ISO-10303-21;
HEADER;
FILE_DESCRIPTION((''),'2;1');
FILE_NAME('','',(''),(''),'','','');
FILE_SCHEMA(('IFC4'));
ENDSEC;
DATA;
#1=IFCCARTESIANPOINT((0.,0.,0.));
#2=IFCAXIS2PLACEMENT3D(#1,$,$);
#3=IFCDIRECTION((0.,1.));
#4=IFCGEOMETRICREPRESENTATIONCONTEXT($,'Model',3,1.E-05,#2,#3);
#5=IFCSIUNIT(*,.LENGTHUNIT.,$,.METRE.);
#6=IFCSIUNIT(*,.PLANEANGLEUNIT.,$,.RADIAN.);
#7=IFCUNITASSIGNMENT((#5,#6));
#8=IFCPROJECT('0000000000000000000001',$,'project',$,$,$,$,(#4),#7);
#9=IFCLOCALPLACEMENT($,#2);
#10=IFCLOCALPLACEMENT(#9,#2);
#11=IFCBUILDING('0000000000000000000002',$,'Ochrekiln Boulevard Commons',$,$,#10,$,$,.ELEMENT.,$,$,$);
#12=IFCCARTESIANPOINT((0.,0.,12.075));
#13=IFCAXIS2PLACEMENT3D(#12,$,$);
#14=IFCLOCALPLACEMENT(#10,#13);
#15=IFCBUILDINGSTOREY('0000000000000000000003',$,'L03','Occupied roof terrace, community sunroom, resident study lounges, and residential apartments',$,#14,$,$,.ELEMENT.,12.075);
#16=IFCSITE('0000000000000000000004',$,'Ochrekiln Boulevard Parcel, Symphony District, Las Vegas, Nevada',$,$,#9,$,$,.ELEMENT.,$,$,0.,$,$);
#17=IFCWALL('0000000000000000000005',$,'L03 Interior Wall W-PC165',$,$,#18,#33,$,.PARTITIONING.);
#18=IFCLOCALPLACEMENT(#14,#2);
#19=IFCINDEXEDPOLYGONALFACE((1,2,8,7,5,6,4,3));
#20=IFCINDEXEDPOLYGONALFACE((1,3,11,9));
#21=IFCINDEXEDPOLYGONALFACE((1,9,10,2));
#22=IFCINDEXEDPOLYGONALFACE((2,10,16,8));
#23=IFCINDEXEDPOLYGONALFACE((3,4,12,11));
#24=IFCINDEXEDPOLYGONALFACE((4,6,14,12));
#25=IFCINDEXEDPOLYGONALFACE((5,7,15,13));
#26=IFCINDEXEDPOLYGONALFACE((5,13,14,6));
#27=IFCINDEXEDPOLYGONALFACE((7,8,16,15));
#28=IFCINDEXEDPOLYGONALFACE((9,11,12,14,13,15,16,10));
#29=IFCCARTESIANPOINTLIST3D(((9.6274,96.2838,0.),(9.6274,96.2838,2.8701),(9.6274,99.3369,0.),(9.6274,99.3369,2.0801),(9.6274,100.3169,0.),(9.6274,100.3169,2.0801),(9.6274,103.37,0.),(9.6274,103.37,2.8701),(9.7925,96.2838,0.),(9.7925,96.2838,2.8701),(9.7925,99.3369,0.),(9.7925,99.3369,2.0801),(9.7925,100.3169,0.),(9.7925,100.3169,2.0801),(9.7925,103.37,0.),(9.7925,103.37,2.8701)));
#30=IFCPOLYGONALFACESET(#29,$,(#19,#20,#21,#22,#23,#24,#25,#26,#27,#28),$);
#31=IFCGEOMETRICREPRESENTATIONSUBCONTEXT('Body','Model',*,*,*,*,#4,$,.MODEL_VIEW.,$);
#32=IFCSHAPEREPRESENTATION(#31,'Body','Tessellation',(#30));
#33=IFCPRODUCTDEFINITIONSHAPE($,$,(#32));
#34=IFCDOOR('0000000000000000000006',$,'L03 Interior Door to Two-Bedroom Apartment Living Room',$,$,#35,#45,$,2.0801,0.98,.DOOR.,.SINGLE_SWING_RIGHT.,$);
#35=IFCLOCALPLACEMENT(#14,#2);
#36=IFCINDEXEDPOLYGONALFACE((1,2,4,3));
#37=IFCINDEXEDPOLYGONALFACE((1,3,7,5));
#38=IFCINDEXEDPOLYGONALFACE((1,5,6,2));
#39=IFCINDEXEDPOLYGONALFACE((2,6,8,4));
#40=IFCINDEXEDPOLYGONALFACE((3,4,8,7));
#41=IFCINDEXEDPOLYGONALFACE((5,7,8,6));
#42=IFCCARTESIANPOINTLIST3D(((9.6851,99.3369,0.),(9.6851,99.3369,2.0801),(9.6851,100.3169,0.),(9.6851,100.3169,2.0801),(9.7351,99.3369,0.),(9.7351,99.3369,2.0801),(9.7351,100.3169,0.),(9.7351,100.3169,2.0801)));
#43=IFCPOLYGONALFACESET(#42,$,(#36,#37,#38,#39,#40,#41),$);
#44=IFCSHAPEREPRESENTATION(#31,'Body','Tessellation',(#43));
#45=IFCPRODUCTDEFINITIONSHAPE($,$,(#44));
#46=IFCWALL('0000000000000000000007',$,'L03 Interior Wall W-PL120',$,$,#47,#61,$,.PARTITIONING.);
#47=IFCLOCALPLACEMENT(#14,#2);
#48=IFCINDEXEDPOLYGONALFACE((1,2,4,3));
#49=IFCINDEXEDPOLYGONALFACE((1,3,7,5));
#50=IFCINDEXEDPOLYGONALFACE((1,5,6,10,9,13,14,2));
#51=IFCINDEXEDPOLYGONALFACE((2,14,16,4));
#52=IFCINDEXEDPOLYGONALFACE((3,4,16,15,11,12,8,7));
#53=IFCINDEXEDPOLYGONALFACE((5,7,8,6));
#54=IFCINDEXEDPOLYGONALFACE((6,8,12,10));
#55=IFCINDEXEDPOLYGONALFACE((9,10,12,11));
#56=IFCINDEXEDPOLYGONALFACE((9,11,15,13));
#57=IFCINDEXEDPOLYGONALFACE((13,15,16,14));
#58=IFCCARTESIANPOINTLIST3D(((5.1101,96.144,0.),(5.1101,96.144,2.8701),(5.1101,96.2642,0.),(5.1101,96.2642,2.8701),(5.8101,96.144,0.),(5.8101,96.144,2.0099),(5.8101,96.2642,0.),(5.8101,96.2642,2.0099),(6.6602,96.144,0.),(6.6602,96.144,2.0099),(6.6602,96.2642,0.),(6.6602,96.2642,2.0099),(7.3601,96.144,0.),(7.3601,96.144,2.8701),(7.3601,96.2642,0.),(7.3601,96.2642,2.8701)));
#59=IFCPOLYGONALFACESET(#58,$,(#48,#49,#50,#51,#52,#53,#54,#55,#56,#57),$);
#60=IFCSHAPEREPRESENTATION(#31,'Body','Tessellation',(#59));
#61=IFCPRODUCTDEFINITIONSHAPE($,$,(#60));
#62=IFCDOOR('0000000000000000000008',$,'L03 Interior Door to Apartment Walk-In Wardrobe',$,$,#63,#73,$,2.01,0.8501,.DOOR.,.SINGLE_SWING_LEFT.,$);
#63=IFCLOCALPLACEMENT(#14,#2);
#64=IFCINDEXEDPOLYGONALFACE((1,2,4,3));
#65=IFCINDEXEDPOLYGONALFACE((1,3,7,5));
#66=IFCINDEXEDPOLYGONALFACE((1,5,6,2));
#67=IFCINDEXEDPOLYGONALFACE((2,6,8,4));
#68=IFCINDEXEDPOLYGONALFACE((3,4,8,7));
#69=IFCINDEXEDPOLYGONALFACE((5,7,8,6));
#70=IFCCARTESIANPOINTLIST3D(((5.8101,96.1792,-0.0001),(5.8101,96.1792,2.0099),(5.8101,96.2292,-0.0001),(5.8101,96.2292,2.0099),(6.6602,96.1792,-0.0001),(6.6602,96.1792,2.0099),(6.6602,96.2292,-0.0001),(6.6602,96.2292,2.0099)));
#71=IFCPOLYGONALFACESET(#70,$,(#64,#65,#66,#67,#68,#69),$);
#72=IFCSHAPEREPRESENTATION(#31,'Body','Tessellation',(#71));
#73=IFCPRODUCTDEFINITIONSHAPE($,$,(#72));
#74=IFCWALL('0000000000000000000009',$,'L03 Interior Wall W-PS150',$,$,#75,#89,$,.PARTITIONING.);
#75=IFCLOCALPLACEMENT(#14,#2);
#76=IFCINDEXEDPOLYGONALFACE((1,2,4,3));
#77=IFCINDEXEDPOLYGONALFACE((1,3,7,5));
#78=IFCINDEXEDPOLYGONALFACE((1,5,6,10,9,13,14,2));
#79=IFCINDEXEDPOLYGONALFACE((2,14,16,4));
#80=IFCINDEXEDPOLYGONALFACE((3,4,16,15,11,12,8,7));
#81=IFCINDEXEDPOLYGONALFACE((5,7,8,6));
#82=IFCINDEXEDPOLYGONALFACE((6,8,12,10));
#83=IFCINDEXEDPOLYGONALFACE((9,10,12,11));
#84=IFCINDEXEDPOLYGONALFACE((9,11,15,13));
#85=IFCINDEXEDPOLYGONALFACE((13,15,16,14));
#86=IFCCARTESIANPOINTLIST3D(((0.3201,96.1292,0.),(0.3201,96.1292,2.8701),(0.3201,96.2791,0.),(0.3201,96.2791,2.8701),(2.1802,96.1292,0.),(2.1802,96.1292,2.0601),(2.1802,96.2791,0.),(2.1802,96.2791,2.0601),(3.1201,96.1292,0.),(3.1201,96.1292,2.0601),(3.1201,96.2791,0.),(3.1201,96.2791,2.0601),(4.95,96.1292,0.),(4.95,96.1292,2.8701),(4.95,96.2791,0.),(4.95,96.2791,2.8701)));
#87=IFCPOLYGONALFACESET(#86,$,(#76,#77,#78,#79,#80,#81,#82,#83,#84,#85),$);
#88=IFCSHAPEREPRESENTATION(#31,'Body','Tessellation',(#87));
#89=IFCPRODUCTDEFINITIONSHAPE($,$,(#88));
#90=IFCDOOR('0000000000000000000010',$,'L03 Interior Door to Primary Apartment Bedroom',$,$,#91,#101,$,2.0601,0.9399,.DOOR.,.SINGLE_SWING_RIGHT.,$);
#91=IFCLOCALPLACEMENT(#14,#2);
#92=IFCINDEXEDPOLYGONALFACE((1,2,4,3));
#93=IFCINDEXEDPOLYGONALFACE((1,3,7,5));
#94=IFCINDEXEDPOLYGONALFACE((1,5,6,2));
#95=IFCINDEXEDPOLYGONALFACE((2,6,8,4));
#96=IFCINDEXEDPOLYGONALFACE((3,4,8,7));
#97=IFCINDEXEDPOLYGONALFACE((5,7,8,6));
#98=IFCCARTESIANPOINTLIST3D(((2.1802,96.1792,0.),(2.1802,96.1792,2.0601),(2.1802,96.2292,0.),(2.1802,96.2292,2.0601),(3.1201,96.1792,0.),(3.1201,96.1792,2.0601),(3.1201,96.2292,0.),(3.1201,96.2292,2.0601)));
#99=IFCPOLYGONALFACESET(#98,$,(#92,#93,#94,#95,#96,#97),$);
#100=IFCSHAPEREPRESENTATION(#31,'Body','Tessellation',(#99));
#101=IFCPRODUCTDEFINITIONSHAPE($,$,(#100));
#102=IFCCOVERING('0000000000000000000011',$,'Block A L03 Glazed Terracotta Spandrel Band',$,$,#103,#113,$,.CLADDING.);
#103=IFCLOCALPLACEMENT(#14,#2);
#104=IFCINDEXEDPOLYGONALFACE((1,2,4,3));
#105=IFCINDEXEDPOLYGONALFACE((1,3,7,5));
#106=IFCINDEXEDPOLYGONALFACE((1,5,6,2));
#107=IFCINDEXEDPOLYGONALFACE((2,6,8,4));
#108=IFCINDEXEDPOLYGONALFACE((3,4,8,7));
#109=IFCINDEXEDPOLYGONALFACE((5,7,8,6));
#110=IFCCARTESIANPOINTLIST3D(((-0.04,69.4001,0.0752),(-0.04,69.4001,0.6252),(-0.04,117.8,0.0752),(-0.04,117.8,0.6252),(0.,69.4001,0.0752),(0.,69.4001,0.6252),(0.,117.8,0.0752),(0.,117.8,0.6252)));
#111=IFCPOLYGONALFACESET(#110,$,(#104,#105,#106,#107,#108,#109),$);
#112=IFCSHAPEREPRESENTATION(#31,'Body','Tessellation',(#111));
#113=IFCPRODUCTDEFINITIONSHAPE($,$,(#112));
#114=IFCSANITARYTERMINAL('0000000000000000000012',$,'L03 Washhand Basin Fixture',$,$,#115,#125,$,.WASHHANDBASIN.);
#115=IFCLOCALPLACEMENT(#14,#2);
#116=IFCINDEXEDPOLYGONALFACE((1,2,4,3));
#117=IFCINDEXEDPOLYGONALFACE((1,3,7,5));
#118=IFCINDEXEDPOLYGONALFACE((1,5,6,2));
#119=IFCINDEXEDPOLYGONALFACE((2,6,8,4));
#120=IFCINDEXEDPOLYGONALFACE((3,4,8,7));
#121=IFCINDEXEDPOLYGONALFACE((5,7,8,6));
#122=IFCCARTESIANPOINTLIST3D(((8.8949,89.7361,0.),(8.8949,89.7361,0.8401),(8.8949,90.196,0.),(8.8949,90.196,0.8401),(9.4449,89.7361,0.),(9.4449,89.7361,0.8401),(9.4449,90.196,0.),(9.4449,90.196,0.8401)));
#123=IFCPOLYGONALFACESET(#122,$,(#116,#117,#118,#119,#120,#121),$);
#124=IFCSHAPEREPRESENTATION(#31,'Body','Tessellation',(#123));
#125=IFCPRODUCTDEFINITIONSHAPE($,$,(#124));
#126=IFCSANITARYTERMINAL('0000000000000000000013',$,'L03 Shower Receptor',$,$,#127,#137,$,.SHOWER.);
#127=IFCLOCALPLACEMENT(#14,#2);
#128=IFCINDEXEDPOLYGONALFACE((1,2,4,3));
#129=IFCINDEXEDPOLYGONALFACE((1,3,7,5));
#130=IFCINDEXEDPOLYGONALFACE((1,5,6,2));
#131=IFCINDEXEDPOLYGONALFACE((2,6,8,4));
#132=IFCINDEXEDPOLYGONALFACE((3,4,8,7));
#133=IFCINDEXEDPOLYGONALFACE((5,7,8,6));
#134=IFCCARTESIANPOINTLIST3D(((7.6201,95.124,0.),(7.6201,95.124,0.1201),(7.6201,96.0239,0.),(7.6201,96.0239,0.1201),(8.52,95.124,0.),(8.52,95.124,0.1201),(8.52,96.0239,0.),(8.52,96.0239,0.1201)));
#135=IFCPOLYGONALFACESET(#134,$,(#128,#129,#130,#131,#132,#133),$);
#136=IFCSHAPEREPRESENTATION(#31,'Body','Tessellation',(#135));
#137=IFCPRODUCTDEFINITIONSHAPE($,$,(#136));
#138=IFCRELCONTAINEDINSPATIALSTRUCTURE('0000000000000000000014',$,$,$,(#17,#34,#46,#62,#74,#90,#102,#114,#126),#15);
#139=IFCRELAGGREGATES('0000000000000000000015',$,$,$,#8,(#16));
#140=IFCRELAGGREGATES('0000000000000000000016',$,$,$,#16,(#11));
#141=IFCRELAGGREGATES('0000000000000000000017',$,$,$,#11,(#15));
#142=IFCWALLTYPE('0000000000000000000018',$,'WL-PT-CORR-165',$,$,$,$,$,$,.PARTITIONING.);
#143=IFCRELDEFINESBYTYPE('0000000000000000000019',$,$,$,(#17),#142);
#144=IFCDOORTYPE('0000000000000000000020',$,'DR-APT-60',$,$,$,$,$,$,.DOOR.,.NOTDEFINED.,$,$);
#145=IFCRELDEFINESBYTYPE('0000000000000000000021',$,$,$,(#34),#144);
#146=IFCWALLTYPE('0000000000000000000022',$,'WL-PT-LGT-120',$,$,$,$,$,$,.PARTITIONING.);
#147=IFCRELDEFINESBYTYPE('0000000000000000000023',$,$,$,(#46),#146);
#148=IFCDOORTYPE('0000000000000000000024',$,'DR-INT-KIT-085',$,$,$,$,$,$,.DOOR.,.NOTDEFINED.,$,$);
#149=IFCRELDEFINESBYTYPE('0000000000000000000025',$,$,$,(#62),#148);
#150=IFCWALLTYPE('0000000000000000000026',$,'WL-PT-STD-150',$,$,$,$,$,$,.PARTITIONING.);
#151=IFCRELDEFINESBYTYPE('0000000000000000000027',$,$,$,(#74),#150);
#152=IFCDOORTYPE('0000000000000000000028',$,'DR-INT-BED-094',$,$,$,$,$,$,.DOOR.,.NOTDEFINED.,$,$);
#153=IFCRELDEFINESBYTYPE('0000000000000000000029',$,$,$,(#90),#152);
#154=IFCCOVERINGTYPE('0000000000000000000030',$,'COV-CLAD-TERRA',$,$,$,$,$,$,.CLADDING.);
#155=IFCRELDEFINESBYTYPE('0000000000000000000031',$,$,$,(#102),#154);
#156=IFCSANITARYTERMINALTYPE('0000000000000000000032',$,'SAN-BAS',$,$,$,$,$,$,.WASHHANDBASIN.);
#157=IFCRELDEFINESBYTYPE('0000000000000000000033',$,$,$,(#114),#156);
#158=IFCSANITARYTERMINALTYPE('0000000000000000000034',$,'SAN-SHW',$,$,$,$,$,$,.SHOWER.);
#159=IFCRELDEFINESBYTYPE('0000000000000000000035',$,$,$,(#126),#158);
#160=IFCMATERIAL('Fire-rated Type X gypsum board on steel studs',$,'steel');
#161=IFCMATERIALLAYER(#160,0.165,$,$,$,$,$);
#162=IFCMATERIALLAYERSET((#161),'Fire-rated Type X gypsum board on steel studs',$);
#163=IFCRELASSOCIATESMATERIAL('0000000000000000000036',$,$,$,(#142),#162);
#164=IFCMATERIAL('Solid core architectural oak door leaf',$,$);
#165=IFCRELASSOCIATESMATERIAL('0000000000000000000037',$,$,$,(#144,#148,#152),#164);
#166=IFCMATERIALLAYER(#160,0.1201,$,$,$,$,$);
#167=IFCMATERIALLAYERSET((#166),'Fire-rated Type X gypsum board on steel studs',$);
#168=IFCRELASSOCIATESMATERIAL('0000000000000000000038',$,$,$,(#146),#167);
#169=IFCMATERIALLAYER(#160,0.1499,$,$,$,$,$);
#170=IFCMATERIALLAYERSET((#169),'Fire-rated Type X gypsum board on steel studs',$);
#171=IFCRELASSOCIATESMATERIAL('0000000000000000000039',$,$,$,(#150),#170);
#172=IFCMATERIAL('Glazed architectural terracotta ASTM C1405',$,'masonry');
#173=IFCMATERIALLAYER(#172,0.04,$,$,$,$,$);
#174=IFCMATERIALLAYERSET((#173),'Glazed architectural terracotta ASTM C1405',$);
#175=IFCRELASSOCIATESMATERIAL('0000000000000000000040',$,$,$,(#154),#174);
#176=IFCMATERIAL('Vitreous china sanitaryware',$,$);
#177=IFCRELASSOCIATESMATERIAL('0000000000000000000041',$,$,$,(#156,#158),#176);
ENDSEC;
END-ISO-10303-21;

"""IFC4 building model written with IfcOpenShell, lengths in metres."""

from ifc_helpers import new_model, si_unit, direction, frame, frame_2d, origin, origin_2d, place, context, subcontext, project, spatial, rectangle, extrude, material, layer, layer_set, type_object, element, fill, save


model = new_model("IFC4")

# Units and contexts
model_context = context("Model", 3, precision=1e-05, world=origin(), true_north=direction((0.0, 1.0)))
body_context = subcontext(model_context, "Body", "Model", "MODEL_VIEW")
ifc_project = project(units=[si_unit("LENGTHUNIT", "METRE"), si_unit("PLANEANGLEUNIT", "RADIAN")], contexts=[model_context])

# Site, building, storey
site_placement = place(None, origin())
site = spatial("IfcSite", under=ifc_project, at=site_placement, Name="Ochrekiln Boulevard Parcel, Symphony District, Las Vegas, Nevada", CompositionType="ELEMENT", RefElevation=0.0)
building_placement = place(site_placement, origin())
building = spatial("IfcBuilding", under=site, at=building_placement, Name="Ochrekiln Boulevard Commons", CompositionType="ELEMENT")
storey_placement = place(building_placement, frame((0.0, 0.0, 12.075)))
storey = spatial("IfcBuildingStorey", under=building, at=storey_placement, Name="L03", Description="Occupied roof terrace, community sunroom, resident study lounges, and residential apartments", CompositionType="ELEMENT", Elevation=12.075)

# Walls, openings, doors
ifc_material_1 = material(Name="Solid core architectural oak door leaf")
ifc_material_2 = material(Name="Fire-rated Type X gypsum board on steel studs", Category="steel")
ifc_layer_1 = layer(ifc_material_2, 0.165)
ifc_layer_set_1 = layer_set([ifc_layer_1], Name="Fire-rated Type X gypsum board on steel studs")
wall_type_1 = type_object("IfcWallType", Name="WL-PT-CORR-165", PredefinedType="PARTITIONING", material=ifc_layer_set_1)
wall_1_placement = place(storey_placement, frame((9.71, 96.2839, 0.0), z_axis=(0.0, 0.0, 1.0), x_axis=(0.0, 1.0, 0.0)))
wall_1 = element("IfcWall", 1, at=wall_1_placement, inside=storey, type_object=wall_type_1, Name="L03 Interior Wall W-PC165", PredefinedType="PARTITIONING", context=body_context, shape_type="SweptSolid", body=[
    extrude(rectangle(XDim=7.0862, YDim=0.165, at=frame_2d((3.543, 0.0))), origin(), (0.0, 0.0, 1.0), 2.8701),
])
opening_1_placement = place(wall_1_placement, frame((3.053, 0.0, 0.0)))
opening_1 = element("IfcOpeningElement", 2, at=opening_1_placement, cuts=wall_1, PredefinedType="OPENING", context=body_context, shape_type="SweptSolid", body=[
    extrude(rectangle(XDim=0.98, YDim=2.0801, at=frame_2d((0.49, 1.04))), frame((0.0, 0.0925, 0.0), z_axis=(0.0, -1.0, 0.0), x_axis=(1.0, 0.0, 0.0)), (0.0, 0.0, 1.0), 0.1851),
])
door_type_1 = type_object("IfcDoorType", Name="DR-APT-60", OperationType="NOTDEFINED", PredefinedType="DOOR", material=ifc_material_1)
door_1_placement = place(opening_1_placement, origin())
door_1 = element("IfcDoor", 3, at=door_1_placement, inside=storey, type_object=door_type_1, Name="L03 Interior Door to Two-Bedroom Apartment Living Room", OperationType="SINGLE_SWING_RIGHT", OverallHeight=2.0801, OverallWidth=0.98, PredefinedType="DOOR", context=body_context, shape_type="SweptSolid", body=[
    extrude(rectangle(XDim=0.98, YDim=2.0801, at=frame_2d((0.49, 1.04))), frame((0.0, 0.0249, 0.0), z_axis=(0.0, -1.0, 0.0), x_axis=(1.0, 0.0, 0.0)), (0.0, 0.0, 1.0), 0.05),
])
fill(opening_1, door_1)
ifc_layer_2 = layer(ifc_material_2, 0.1201)
ifc_layer_set_2 = layer_set([ifc_layer_2], Name="Fire-rated Type X gypsum board on steel studs")
wall_type_2 = type_object("IfcWallType", Name="WL-PT-LGT-120", PredefinedType="PARTITIONING", material=ifc_layer_set_2)
wall_2_placement = place(storey_placement, frame((5.1101, 96.2041, 0.0), z_axis=(0.0, 0.0, 1.0), x_axis=(1.0, 0.0, 0.0)))
wall_2 = element("IfcWall", 4, at=wall_2_placement, inside=storey, type_object=wall_type_2, Name="L03 Interior Wall W-PL120", PredefinedType="PARTITIONING", context=body_context, shape_type="SweptSolid", body=[
    extrude(rectangle(XDim=2.25, YDim=0.1201, at=frame_2d((1.125, 0.0))), origin(), (0.0, 0.0, 1.0), 2.8701),
])
opening_2_placement = place(wall_2_placement, frame((0.7, 0.0, 0.0)))
opening_2 = element("IfcOpeningElement", 5, at=opening_2_placement, cuts=wall_2, PredefinedType="OPENING", context=body_context, shape_type="SweptSolid", body=[
    extrude(rectangle(XDim=0.8501, YDim=2.01, at=frame_2d((0.425, 1.0049))), frame((0.0, 0.0701, 0.0), z_axis=(0.0, -1.0, 0.0), x_axis=(1.0, 0.0, 0.0)), (0.0, 0.0, 1.0), 0.1401),
])
door_type_2 = type_object("IfcDoorType", Name="DR-INT-KIT-085", OperationType="NOTDEFINED", PredefinedType="DOOR", material=ifc_material_1)
door_2_placement = place(opening_2_placement, frame((0.8501, 0.0, 0.0), z_axis=(0.0, 0.0, 1.0), x_axis=(-1.0, 0.0, 0.0)))
door_2 = element("IfcDoor", 6, at=door_2_placement, inside=storey, type_object=door_type_2, Name="L03 Interior Door to Apartment Walk-In Wardrobe", OperationType="SINGLE_SWING_LEFT", OverallHeight=2.01, OverallWidth=0.8501, PredefinedType="DOOR", context=body_context, shape_type="SweptSolid", body=[
    extrude(rectangle(XDim=0.8501, YDim=2.01, at=frame_2d((0.425, 1.0049))), frame((0.0, 0.0249, 0.0), z_axis=(0.0, -1.0, 0.0), x_axis=(1.0, 0.0, 0.0)), (0.0, 0.0, 1.0), 0.05),
])
fill(opening_2, door_2)
ifc_layer_3 = layer(ifc_material_2, 0.1499)
ifc_layer_set_3 = layer_set([ifc_layer_3], Name="Fire-rated Type X gypsum board on steel studs")
wall_type_3 = type_object("IfcWallType", Name="WL-PT-STD-150", PredefinedType="PARTITIONING", material=ifc_layer_set_3)
wall_3_placement = place(storey_placement, frame((0.3201, 96.2041, 0.0), z_axis=(0.0, 0.0, 1.0), x_axis=(1.0, 0.0, 0.0)))
wall_3 = element("IfcWall", 7, at=wall_3_placement, inside=storey, type_object=wall_type_3, Name="L03 Interior Wall W-PS150", PredefinedType="PARTITIONING", context=body_context, shape_type="SweptSolid", body=[
    extrude(rectangle(XDim=4.6299, YDim=0.1499, at=frame_2d((2.3149, 0.0))), origin(), (0.0, 0.0, 1.0), 2.8701),
])
opening_3_placement = place(wall_3_placement, frame((1.8601, 0.0, 0.0)))
opening_3 = element("IfcOpeningElement", 8, at=opening_3_placement, cuts=wall_3, PredefinedType="OPENING", context=body_context, shape_type="SweptSolid", body=[
    extrude(rectangle(XDim=0.9399, YDim=2.0601, at=frame_2d((0.47, 1.03))), frame((0.0, 0.085, 0.0), z_axis=(0.0, -1.0, 0.0), x_axis=(1.0, 0.0, 0.0)), (0.0, 0.0, 1.0), 0.1699),
])
door_type_3 = type_object("IfcDoorType", Name="DR-INT-BED-094", OperationType="NOTDEFINED", PredefinedType="DOOR", material=ifc_material_1)
door_3_placement = place(opening_3_placement, frame((0.9399, 0.0, 0.0), z_axis=(0.0, 0.0, 1.0), x_axis=(-1.0, 0.0, 0.0)))
door_3 = element("IfcDoor", 9, at=door_3_placement, inside=storey, type_object=door_type_3, Name="L03 Interior Door to Primary Apartment Bedroom", OperationType="SINGLE_SWING_RIGHT", OverallHeight=2.0601, OverallWidth=0.9399, PredefinedType="DOOR", context=body_context, shape_type="SweptSolid", body=[
    extrude(rectangle(XDim=0.9399, YDim=2.0601, at=frame_2d((0.47, 1.03))), frame((0.0, 0.0249, 0.0), z_axis=(0.0, -1.0, 0.0), x_axis=(1.0, 0.0, 0.0)), (0.0, 0.0, 1.0), 0.05),
])
fill(opening_3, door_3)

# Covering
ifc_material_3 = material(Name="Glazed architectural terracotta ASTM C1405", Category="masonry")
ifc_layer_4 = layer(ifc_material_3, 0.04)
ifc_layer_set_4 = layer_set([ifc_layer_4], Name="Glazed architectural terracotta ASTM C1405")
covering_type = type_object("IfcCoveringType", Name="COV-CLAD-TERRA", PredefinedType="CLADDING", material=ifc_layer_set_4)
covering_placement = place(storey_placement, frame((-0.02, 93.6001, 0.0752), z_axis=(0.0, 0.0, 1.0), x_axis=(1.0, 0.0, 0.0)))
element("IfcCovering", 10, at=covering_placement, inside=storey, type_object=covering_type, Name="Block A L03 Glazed Terracotta Spandrel Band", PredefinedType="CLADDING", context=body_context, shape_type="SweptSolid", body=[
    extrude(rectangle(XDim=0.04, YDim=48.3999, at=origin_2d()), origin(), (0.0, 0.0, 1.0), 0.55),
])

# Sanitary terminals
ifc_material_4 = material(Name="Vitreous china sanitaryware")
sanitary_terminal_type_1 = type_object("IfcSanitaryTerminalType", Name="SAN-BAS", PredefinedType="WASHHANDBASIN", material=ifc_material_4)
sanitary_terminal_1_placement = place(storey_placement, frame((9.1699, 89.9661, 0.0), z_axis=(0.0, 0.0, 1.0), x_axis=(1.0, 0.0, 0.0)))
element("IfcSanitaryTerminal", 11, at=sanitary_terminal_1_placement, inside=storey, type_object=sanitary_terminal_type_1, Name="L03 Washhand Basin Fixture", PredefinedType="WASHHANDBASIN", context=body_context, shape_type="SweptSolid", body=[
    extrude(rectangle(XDim=0.55, YDim=0.46, at=origin_2d()), origin(), (0.0, 0.0, 1.0), 0.8401),
])
sanitary_terminal_type_2 = type_object("IfcSanitaryTerminalType", Name="SAN-SHW", PredefinedType="SHOWER", material=ifc_material_4)
sanitary_terminal_2_placement = place(storey_placement, frame((8.0701, 95.574, 0.0), z_axis=(0.0, 0.0, 1.0), x_axis=(1.0, 0.0, 0.0)))
element("IfcSanitaryTerminal", 12, at=sanitary_terminal_2_placement, inside=storey, type_object=sanitary_terminal_type_2, Name="L03 Shower Receptor", PredefinedType="SHOWER", context=body_context, shape_type="SweptSolid", body=[
    extrude(rectangle(XDim=0.8999, YDim=0.8999, at=origin_2d()), origin(), (0.0, 0.0, 1.0), 0.1201),
])

save(model, "model.ifc")
